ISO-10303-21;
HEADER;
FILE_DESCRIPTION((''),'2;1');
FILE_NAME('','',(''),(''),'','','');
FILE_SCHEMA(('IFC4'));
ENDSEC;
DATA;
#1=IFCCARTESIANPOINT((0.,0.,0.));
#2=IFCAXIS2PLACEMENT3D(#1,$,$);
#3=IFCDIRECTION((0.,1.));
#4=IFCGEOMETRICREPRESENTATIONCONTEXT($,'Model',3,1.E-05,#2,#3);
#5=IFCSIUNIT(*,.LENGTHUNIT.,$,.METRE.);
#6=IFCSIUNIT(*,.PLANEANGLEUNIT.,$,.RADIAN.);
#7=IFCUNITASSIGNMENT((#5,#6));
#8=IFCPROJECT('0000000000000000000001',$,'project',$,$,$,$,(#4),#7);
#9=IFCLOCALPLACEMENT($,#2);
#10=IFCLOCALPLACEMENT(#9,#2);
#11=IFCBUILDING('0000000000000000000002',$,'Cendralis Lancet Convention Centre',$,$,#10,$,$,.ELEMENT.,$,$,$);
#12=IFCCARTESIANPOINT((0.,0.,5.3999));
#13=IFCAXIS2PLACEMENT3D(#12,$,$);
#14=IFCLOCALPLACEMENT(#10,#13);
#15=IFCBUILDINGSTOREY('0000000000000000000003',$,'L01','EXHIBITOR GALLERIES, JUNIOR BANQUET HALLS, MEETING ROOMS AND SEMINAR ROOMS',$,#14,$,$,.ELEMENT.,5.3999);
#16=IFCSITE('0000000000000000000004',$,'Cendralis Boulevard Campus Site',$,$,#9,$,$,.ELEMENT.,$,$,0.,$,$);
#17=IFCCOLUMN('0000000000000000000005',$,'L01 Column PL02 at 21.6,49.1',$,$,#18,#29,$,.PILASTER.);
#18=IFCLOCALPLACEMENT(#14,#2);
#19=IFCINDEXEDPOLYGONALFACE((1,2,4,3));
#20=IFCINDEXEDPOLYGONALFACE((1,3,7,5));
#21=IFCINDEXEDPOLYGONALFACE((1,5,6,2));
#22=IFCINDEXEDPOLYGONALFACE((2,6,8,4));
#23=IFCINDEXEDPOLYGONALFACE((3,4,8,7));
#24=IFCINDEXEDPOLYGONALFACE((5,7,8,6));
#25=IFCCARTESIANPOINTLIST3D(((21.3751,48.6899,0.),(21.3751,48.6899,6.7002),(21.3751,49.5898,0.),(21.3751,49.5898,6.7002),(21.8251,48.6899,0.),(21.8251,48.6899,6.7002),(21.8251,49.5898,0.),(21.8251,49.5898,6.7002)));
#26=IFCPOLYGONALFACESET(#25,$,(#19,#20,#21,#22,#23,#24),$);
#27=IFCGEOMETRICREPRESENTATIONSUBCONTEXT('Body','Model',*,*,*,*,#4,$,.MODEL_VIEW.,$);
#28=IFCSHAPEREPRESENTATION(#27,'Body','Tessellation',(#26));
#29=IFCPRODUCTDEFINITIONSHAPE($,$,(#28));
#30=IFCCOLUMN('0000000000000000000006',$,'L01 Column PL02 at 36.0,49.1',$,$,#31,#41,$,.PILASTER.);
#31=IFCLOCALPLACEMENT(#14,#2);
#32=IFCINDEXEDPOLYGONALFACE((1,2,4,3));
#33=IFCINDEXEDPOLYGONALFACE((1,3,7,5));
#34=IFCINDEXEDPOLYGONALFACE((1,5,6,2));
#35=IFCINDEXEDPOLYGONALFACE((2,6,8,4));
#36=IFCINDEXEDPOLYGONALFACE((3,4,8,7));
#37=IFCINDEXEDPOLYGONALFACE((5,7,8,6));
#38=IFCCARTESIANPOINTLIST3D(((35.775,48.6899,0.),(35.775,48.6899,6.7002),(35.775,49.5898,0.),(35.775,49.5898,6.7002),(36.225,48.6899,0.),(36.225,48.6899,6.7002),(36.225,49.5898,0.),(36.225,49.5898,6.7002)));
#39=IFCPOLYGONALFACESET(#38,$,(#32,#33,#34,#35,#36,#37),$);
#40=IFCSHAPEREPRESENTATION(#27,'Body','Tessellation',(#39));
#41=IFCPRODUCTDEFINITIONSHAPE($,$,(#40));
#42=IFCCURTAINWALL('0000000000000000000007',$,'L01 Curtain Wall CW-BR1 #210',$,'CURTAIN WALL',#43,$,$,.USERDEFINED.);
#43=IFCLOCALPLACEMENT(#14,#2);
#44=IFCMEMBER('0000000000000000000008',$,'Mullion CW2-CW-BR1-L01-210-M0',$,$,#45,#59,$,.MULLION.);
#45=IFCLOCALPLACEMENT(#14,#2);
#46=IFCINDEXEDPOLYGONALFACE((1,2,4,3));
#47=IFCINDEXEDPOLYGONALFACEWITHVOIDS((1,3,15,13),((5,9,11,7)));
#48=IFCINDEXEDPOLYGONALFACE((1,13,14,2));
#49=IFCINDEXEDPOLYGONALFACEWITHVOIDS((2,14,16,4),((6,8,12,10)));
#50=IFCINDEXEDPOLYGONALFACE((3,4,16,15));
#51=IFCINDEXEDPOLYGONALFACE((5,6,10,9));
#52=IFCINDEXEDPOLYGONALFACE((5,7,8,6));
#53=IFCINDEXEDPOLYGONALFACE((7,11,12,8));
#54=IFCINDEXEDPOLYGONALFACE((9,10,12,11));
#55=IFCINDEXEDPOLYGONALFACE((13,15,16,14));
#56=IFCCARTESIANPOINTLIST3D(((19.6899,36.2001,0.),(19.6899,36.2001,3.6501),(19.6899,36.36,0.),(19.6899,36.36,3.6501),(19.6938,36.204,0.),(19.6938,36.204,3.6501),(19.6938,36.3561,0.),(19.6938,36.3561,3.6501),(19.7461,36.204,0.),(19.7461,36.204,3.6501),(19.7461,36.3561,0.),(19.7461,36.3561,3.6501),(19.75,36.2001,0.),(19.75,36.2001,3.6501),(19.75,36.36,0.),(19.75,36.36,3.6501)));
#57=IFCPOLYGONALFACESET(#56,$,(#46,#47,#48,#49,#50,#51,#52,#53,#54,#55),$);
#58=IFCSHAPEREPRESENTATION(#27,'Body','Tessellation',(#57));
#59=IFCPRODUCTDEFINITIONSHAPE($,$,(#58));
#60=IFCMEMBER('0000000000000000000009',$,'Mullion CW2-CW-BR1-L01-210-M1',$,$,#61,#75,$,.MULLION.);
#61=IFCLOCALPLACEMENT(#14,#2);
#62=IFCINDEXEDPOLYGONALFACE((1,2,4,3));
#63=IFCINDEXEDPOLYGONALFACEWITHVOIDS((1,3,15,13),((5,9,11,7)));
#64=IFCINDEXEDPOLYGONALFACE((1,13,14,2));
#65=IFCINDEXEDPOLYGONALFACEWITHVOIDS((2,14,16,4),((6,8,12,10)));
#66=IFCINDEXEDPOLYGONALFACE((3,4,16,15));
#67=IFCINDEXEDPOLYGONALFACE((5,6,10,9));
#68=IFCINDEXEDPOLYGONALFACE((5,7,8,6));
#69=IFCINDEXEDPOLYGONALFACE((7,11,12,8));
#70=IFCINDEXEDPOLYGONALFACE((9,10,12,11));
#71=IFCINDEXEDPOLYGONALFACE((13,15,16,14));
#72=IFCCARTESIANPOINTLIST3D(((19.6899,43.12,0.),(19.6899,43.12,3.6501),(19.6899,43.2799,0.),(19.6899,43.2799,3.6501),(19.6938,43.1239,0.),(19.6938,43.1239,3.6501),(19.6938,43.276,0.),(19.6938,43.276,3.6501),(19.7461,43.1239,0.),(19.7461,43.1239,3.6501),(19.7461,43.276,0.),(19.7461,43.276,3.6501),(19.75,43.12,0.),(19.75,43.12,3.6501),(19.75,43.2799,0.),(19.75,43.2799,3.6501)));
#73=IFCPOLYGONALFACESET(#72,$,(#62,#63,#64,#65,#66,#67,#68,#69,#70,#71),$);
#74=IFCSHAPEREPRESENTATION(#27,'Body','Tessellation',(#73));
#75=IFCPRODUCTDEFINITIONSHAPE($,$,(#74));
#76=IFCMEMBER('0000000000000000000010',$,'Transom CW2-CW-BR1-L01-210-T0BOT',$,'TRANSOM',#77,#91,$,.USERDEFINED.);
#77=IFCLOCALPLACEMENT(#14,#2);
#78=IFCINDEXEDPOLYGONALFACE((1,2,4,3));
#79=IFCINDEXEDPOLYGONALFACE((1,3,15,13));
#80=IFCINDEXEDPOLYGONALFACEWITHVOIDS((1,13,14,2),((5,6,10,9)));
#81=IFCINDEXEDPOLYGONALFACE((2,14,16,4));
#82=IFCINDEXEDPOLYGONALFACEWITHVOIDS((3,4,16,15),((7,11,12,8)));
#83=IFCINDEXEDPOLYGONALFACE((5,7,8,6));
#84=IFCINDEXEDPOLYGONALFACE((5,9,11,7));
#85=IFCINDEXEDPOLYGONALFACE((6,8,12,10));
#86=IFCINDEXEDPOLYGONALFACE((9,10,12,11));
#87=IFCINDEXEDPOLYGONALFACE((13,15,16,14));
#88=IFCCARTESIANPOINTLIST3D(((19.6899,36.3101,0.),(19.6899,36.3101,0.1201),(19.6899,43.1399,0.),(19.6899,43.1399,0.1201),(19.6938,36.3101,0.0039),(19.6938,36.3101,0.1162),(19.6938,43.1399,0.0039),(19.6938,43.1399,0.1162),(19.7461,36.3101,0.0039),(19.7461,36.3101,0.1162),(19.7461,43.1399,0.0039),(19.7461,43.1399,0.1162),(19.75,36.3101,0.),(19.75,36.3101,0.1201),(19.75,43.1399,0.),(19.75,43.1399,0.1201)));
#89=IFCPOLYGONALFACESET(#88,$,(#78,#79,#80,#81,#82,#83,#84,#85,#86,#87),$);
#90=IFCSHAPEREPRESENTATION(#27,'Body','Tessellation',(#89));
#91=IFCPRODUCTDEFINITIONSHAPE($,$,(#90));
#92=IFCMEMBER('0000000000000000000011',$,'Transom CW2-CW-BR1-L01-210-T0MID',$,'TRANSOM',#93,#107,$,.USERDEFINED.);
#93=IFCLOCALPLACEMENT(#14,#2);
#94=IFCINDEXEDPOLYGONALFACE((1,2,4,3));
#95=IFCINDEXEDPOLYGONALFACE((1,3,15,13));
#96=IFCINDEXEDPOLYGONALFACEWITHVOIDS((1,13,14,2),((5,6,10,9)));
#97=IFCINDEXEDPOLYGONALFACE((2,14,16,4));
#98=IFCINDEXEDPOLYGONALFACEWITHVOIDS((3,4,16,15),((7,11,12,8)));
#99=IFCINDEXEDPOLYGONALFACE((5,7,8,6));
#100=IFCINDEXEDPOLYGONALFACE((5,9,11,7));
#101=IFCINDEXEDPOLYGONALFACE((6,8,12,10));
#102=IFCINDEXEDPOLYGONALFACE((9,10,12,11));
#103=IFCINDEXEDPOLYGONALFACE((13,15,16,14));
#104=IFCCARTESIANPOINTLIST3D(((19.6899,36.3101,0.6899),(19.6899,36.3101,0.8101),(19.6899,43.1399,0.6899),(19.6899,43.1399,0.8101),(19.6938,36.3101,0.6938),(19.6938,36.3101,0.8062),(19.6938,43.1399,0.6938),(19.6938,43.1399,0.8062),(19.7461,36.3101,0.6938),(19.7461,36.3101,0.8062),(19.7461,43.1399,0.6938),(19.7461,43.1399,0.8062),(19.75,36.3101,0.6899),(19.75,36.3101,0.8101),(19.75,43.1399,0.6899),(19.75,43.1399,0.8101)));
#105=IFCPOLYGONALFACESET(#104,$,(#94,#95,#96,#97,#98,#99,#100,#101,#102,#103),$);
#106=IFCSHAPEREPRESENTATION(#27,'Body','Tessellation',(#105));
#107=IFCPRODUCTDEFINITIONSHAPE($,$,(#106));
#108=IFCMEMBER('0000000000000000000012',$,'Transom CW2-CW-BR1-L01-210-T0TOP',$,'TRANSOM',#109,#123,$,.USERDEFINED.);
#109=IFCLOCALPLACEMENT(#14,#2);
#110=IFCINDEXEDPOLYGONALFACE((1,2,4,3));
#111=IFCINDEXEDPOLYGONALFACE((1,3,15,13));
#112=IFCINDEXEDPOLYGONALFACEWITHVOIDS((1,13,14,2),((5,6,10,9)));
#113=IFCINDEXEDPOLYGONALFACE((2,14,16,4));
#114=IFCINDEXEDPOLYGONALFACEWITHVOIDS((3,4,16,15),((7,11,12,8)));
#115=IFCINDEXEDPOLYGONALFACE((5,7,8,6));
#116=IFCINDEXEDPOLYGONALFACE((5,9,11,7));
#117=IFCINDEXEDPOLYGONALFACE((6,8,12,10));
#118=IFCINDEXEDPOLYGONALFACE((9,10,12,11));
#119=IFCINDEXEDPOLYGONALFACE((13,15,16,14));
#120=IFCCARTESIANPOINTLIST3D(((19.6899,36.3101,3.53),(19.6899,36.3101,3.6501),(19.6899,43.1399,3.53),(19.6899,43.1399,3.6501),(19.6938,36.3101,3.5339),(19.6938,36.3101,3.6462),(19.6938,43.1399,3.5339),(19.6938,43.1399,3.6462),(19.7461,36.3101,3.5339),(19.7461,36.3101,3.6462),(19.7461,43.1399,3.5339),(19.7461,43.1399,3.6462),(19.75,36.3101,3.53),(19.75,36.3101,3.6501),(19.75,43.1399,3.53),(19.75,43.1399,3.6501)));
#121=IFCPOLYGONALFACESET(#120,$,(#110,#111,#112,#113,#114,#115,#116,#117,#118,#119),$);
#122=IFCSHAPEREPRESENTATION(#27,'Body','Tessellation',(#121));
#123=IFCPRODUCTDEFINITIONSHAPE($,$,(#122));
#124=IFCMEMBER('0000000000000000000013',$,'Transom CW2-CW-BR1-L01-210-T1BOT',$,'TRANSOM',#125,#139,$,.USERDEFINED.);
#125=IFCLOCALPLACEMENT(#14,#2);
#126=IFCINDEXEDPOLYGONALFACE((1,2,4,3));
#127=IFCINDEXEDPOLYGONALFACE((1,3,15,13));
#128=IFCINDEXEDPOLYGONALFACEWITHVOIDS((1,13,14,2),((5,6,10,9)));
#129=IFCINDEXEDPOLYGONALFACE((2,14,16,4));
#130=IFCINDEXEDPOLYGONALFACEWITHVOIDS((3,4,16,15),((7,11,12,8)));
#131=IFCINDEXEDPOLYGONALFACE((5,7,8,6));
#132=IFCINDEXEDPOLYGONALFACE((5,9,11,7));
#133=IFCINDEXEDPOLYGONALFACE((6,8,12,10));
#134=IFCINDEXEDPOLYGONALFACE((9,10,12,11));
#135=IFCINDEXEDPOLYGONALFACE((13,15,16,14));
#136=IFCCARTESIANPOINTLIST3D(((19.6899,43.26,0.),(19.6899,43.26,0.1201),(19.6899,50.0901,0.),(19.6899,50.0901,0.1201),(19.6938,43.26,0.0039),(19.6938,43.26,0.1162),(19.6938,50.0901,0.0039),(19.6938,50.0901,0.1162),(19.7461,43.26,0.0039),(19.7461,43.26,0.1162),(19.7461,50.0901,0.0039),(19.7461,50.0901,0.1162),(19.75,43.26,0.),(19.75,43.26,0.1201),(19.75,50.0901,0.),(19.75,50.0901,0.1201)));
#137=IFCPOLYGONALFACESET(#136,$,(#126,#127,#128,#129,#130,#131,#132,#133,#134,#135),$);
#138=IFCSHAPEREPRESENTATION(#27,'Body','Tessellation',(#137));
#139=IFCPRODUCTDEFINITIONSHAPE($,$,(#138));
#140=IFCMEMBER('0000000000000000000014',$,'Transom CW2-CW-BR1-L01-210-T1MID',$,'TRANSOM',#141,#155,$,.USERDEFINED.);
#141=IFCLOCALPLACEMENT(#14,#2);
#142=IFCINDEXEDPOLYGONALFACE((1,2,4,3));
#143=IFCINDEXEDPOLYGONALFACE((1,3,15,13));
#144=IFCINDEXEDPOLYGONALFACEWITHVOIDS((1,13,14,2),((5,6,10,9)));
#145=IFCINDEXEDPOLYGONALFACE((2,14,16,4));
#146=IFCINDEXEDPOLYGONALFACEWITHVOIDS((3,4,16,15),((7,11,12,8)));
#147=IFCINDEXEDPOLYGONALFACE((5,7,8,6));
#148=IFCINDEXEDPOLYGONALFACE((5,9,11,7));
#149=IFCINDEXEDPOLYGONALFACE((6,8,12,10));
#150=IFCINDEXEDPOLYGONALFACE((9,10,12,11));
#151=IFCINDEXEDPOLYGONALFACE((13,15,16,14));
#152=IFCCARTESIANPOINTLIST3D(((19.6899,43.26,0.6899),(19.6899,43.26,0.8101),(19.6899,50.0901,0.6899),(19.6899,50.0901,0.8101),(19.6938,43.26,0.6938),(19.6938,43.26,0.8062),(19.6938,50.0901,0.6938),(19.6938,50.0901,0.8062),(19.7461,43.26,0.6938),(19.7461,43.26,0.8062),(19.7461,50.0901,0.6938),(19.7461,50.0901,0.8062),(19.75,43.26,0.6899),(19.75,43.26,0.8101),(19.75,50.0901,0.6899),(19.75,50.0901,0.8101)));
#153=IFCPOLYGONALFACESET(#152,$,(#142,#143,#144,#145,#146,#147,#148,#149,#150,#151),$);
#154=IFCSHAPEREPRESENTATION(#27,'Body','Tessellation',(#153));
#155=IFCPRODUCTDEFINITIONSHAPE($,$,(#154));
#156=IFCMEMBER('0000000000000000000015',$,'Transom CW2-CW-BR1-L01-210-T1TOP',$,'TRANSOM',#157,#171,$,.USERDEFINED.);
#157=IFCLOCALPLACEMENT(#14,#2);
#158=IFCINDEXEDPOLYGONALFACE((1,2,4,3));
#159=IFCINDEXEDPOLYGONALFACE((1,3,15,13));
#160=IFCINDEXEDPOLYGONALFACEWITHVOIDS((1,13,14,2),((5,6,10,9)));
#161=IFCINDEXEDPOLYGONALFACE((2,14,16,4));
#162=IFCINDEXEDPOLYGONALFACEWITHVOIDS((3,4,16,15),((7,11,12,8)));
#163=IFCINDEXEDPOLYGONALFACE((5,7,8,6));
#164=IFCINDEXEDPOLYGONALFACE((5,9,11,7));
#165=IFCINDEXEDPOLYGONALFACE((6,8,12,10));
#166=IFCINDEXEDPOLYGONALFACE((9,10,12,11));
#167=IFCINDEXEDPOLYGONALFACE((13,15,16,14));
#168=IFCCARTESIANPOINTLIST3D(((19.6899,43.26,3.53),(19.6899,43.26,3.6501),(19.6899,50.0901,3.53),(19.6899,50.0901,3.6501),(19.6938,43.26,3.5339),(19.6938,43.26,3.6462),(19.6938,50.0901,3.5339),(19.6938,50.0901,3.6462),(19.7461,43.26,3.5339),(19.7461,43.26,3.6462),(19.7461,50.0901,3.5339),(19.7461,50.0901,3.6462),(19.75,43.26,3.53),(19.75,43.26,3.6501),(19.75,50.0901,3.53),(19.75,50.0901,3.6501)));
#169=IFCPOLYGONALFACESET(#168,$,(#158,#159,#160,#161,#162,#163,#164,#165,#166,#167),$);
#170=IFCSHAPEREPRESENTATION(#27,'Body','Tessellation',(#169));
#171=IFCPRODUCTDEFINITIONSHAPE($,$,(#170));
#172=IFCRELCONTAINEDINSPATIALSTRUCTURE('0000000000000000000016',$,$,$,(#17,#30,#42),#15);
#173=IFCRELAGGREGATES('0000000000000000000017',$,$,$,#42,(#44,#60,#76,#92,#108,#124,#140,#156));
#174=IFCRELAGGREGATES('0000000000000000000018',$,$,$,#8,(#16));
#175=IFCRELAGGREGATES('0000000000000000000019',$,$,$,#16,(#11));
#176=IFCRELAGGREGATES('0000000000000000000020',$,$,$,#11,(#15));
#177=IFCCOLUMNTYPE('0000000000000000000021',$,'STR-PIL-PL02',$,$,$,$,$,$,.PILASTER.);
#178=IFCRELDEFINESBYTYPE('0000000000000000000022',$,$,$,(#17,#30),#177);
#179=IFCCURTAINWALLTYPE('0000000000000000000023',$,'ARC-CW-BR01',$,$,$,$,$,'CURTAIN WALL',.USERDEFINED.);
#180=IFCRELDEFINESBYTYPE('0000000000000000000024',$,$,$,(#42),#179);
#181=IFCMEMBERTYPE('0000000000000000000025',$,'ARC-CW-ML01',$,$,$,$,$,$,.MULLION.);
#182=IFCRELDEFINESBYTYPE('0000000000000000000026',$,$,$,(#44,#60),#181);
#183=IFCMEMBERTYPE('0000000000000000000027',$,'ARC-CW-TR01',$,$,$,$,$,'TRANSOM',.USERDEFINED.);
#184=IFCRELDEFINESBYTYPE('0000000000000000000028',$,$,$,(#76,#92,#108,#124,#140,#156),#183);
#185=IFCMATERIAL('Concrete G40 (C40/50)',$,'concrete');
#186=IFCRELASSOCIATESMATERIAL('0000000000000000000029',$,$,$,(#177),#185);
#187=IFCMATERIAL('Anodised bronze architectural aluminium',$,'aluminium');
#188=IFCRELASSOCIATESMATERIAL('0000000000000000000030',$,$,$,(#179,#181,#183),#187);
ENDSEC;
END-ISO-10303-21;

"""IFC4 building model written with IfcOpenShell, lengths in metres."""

from ifc_helpers import new_model, si_unit, direction, frame, origin, origin_2d, place, context, subcontext, project, spatial, rectangle, hollow_rectangle, extrude, material, material_profile, profile_set, type_object, element, aggregate, save


model = new_model("IFC4")

# Units and contexts
model_context = context("Model", 3, precision=1e-05, world=origin(), true_north=direction((0.0, 1.0)))
body_context = subcontext(model_context, "Body", "Model", "MODEL_VIEW")
ifc_project = project(units=[si_unit("LENGTHUNIT", "METRE"), si_unit("PLANEANGLEUNIT", "RADIAN")], contexts=[model_context])

# Site, building, storey
site_placement = place(None, origin())
site = spatial("IfcSite", under=ifc_project, at=site_placement, Name="Cendralis Boulevard Campus Site", CompositionType="ELEMENT", RefElevation=0.0)
building_placement = place(site_placement, origin())
building = spatial("IfcBuilding", under=site, at=building_placement, Name="Cendralis Lancet Convention Centre", CompositionType="ELEMENT")
storey_placement = place(building_placement, frame((0.0, 0.0, 5.3999)))
storey = spatial("IfcBuildingStorey", under=building, at=storey_placement, Name="L01", Description="EXHIBITOR GALLERIES, JUNIOR BANQUET HALLS, MEETING ROOMS AND SEMINAR ROOMS", CompositionType="ELEMENT", Elevation=5.3999)

# Columns
ifc_material_1 = material(Name="Concrete G40 (C40/50)", Category="concrete")
ifc_material_profile_1 = material_profile(ifc_material_1, rectangle(XDim=0.45, YDim=0.8999, at=origin_2d()), Name="RC 450x900")
ifc_profile_set_1 = profile_set([ifc_material_profile_1], Name="Concrete G40 (C40/50)")
column_type = type_object("IfcColumnType", Name="STR-PIL-PL02", PredefinedType="PILASTER", material=ifc_profile_set_1)
for number, where, z_axis, x_axis, name in (
    (1, (21.6001, 49.1399, 0.0), (0.0, 0.0, 1.0), (1.0, 0.0, 0.0), "L01 Column PL02 at 21.6,49.1"),
    (2, (36.0, 49.1399, 0.0), (0.0, 0.0, 1.0), (1.0, 0.0, 0.0), "L01 Column PL02 at 36.0,49.1"),
):
    element("IfcColumn", number, at=place(storey_placement, frame(where, z_axis=z_axis, x_axis=x_axis)), inside=storey, type_object=column_type, Name=name, PredefinedType="PILASTER", context=body_context, shape_type="SweptSolid", body=[
        extrude(rectangle(XDim=0.45, YDim=0.8999, at=origin_2d()), origin(), (0.0, 0.0, 1.0), 6.7002),
    ])

# Curtain wall, members
ifc_material_2 = material(Name="Anodised bronze architectural aluminium", Category="aluminium")
curtain_wall_type = type_object("IfcCurtainWallType", Name="ARC-CW-BR01", ElementType="CURTAIN WALL", PredefinedType="USERDEFINED", material=ifc_material_2)
curtain_wall_placement = place(storey_placement, origin())
curtain_wall = element("IfcCurtainWall", 3, at=curtain_wall_placement, inside=storey, type_object=curtain_wall_type, Name="L01 Curtain Wall CW-BR1 #210", ObjectType="CURTAIN WALL", PredefinedType="USERDEFINED")
ifc_material_profile_2 = material_profile(ifc_material_2, hollow_rectangle(XDim=0.0601, YDim=0.1599, WallThickness=0.0039, at=origin_2d()), Name="AL-MULL 60x160x4.0")
ifc_profile_set_2 = profile_set([ifc_material_profile_2], Name="Anodised bronze architectural aluminium")
member_type_1 = type_object("IfcMemberType", Name="ARC-CW-ML01", PredefinedType="MULLION", material=ifc_profile_set_2)
member_1_placement = place(storey_placement, frame((19.72, 36.28, 0.0), z_axis=(0.0, 0.0, 1.0), x_axis=(1.0, 0.0, 0.0)))
member_1 = element("IfcMember", 4, at=member_1_placement, type_object=member_type_1, Name="Mullion CW2-CW-BR1-L01-210-M0", PredefinedType="MULLION", context=body_context, shape_type="SweptSolid", body=[
    extrude(hollow_rectangle(XDim=0.0601, YDim=0.1599, WallThickness=0.0039, at=origin_2d()), origin(), (0.0, 0.0, 1.0), 3.6501),
])
member_2_placement = place(storey_placement, frame((19.72, 43.2, 0.0), z_axis=(0.0, 0.0, 1.0), x_axis=(1.0, 0.0, 0.0)))
member_2 = element("IfcMember", 5, at=member_2_placement, type_object=member_type_1, Name="Mullion CW2-CW-BR1-L01-210-M1", PredefinedType="MULLION", context=body_context, shape_type="SweptSolid", body=[
    extrude(hollow_rectangle(XDim=0.0601, YDim=0.1599, WallThickness=0.0039, at=origin_2d()), origin(), (0.0, 0.0, 1.0), 3.6501),
])
ifc_material_profile_3 = material_profile(ifc_material_2, hollow_rectangle(XDim=0.0601, YDim=0.1201, WallThickness=0.0039, at=origin_2d()), Name="AL-TRAN 60x120x4.0")
ifc_profile_set_3 = profile_set([ifc_material_profile_3], Name="Anodised bronze architectural aluminium")
member_type_2 = type_object("IfcMemberType", Name="ARC-CW-TR01", ElementType="TRANSOM", PredefinedType="USERDEFINED", material=ifc_profile_set_3)
member_3_placement = place(storey_placement, frame((19.72, 36.3101, 0.0601), z_axis=(0.0, 1.0, 0.0), x_axis=(-1.0, 0.0, 0.0)))
member_3 = element("IfcMember", 6, at=member_3_placement, type_object=member_type_2, Name="Transom CW2-CW-BR1-L01-210-T0BOT", ObjectType="TRANSOM", PredefinedType="USERDEFINED", context=body_context, shape_type="SweptSolid", body=[
    extrude(hollow_rectangle(XDim=0.0601, YDim=0.1201, WallThickness=0.0039, at=origin_2d()), origin(), (0.0, 0.0, 1.0), 6.8298),
])
member_4_placement = place(storey_placement, frame((19.72, 36.3101, 0.75), z_axis=(0.0, 1.0, 0.0), x_axis=(-1.0, 0.0, 0.0)))
member_4 = element("IfcMember", 7, at=member_4_placement, type_object=member_type_2, Name="Transom CW2-CW-BR1-L01-210-T0MID", ObjectType="TRANSOM", PredefinedType="USERDEFINED", context=body_context, shape_type="SweptSolid", body=[
    extrude(hollow_rectangle(XDim=0.0601, YDim=0.1201, WallThickness=0.0039, at=origin_2d()), origin(), (0.0, 0.0, 1.0), 6.8298),
])
member_5_placement = place(storey_placement, frame((19.72, 36.3101, 3.5901), z_axis=(0.0, 1.0, 0.0), x_axis=(-1.0, 0.0, 0.0)))
member_5 = element("IfcMember", 8, at=member_5_placement, type_object=member_type_2, Name="Transom CW2-CW-BR1-L01-210-T0TOP", ObjectType="TRANSOM", PredefinedType="USERDEFINED", context=body_context, shape_type="SweptSolid", body=[
    extrude(hollow_rectangle(XDim=0.0601, YDim=0.1201, WallThickness=0.0039, at=origin_2d()), origin(), (0.0, 0.0, 1.0), 6.8298),
])
member_6_placement = place(storey_placement, frame((19.72, 43.26, 0.0601), z_axis=(0.0, 1.0, 0.0), x_axis=(-1.0, 0.0, 0.0)))
member_6 = element("IfcMember", 9, at=member_6_placement, type_object=member_type_2, Name="Transom CW2-CW-BR1-L01-210-T1BOT", ObjectType="TRANSOM", PredefinedType="USERDEFINED", context=body_context, shape_type="SweptSolid", body=[
    extrude(hollow_rectangle(XDim=0.0601, YDim=0.1201, WallThickness=0.0039, at=origin_2d()), origin(), (0.0, 0.0, 1.0), 6.8301),
])
member_7_placement = place(storey_placement, frame((19.72, 43.26, 0.75), z_axis=(0.0, 1.0, 0.0), x_axis=(-1.0, 0.0, 0.0)))
member_7 = element("IfcMember", 10, at=member_7_placement, type_object=member_type_2, Name="Transom CW2-CW-BR1-L01-210-T1MID", ObjectType="TRANSOM", PredefinedType="USERDEFINED", context=body_context, shape_type="SweptSolid", body=[
    extrude(hollow_rectangle(XDim=0.0601, YDim=0.1201, WallThickness=0.0039, at=origin_2d()), origin(), (0.0, 0.0, 1.0), 6.8301),
])
member_8_placement = place(storey_placement, frame((19.72, 43.26, 3.5901), z_axis=(0.0, 1.0, 0.0), x_axis=(-1.0, 0.0, 0.0)))
member_8 = element("IfcMember", 11, at=member_8_placement, type_object=member_type_2, Name="Transom CW2-CW-BR1-L01-210-T1TOP", ObjectType="TRANSOM", PredefinedType="USERDEFINED", context=body_context, shape_type="SweptSolid", body=[
    extrude(hollow_rectangle(XDim=0.0601, YDim=0.1201, WallThickness=0.0039, at=origin_2d()), origin(), (0.0, 0.0, 1.0), 6.8301),
])

aggregate(curtain_wall, [member_1, member_2, member_3, member_4, member_5, member_6, member_7, member_8])

save(model, "model.ifc")
